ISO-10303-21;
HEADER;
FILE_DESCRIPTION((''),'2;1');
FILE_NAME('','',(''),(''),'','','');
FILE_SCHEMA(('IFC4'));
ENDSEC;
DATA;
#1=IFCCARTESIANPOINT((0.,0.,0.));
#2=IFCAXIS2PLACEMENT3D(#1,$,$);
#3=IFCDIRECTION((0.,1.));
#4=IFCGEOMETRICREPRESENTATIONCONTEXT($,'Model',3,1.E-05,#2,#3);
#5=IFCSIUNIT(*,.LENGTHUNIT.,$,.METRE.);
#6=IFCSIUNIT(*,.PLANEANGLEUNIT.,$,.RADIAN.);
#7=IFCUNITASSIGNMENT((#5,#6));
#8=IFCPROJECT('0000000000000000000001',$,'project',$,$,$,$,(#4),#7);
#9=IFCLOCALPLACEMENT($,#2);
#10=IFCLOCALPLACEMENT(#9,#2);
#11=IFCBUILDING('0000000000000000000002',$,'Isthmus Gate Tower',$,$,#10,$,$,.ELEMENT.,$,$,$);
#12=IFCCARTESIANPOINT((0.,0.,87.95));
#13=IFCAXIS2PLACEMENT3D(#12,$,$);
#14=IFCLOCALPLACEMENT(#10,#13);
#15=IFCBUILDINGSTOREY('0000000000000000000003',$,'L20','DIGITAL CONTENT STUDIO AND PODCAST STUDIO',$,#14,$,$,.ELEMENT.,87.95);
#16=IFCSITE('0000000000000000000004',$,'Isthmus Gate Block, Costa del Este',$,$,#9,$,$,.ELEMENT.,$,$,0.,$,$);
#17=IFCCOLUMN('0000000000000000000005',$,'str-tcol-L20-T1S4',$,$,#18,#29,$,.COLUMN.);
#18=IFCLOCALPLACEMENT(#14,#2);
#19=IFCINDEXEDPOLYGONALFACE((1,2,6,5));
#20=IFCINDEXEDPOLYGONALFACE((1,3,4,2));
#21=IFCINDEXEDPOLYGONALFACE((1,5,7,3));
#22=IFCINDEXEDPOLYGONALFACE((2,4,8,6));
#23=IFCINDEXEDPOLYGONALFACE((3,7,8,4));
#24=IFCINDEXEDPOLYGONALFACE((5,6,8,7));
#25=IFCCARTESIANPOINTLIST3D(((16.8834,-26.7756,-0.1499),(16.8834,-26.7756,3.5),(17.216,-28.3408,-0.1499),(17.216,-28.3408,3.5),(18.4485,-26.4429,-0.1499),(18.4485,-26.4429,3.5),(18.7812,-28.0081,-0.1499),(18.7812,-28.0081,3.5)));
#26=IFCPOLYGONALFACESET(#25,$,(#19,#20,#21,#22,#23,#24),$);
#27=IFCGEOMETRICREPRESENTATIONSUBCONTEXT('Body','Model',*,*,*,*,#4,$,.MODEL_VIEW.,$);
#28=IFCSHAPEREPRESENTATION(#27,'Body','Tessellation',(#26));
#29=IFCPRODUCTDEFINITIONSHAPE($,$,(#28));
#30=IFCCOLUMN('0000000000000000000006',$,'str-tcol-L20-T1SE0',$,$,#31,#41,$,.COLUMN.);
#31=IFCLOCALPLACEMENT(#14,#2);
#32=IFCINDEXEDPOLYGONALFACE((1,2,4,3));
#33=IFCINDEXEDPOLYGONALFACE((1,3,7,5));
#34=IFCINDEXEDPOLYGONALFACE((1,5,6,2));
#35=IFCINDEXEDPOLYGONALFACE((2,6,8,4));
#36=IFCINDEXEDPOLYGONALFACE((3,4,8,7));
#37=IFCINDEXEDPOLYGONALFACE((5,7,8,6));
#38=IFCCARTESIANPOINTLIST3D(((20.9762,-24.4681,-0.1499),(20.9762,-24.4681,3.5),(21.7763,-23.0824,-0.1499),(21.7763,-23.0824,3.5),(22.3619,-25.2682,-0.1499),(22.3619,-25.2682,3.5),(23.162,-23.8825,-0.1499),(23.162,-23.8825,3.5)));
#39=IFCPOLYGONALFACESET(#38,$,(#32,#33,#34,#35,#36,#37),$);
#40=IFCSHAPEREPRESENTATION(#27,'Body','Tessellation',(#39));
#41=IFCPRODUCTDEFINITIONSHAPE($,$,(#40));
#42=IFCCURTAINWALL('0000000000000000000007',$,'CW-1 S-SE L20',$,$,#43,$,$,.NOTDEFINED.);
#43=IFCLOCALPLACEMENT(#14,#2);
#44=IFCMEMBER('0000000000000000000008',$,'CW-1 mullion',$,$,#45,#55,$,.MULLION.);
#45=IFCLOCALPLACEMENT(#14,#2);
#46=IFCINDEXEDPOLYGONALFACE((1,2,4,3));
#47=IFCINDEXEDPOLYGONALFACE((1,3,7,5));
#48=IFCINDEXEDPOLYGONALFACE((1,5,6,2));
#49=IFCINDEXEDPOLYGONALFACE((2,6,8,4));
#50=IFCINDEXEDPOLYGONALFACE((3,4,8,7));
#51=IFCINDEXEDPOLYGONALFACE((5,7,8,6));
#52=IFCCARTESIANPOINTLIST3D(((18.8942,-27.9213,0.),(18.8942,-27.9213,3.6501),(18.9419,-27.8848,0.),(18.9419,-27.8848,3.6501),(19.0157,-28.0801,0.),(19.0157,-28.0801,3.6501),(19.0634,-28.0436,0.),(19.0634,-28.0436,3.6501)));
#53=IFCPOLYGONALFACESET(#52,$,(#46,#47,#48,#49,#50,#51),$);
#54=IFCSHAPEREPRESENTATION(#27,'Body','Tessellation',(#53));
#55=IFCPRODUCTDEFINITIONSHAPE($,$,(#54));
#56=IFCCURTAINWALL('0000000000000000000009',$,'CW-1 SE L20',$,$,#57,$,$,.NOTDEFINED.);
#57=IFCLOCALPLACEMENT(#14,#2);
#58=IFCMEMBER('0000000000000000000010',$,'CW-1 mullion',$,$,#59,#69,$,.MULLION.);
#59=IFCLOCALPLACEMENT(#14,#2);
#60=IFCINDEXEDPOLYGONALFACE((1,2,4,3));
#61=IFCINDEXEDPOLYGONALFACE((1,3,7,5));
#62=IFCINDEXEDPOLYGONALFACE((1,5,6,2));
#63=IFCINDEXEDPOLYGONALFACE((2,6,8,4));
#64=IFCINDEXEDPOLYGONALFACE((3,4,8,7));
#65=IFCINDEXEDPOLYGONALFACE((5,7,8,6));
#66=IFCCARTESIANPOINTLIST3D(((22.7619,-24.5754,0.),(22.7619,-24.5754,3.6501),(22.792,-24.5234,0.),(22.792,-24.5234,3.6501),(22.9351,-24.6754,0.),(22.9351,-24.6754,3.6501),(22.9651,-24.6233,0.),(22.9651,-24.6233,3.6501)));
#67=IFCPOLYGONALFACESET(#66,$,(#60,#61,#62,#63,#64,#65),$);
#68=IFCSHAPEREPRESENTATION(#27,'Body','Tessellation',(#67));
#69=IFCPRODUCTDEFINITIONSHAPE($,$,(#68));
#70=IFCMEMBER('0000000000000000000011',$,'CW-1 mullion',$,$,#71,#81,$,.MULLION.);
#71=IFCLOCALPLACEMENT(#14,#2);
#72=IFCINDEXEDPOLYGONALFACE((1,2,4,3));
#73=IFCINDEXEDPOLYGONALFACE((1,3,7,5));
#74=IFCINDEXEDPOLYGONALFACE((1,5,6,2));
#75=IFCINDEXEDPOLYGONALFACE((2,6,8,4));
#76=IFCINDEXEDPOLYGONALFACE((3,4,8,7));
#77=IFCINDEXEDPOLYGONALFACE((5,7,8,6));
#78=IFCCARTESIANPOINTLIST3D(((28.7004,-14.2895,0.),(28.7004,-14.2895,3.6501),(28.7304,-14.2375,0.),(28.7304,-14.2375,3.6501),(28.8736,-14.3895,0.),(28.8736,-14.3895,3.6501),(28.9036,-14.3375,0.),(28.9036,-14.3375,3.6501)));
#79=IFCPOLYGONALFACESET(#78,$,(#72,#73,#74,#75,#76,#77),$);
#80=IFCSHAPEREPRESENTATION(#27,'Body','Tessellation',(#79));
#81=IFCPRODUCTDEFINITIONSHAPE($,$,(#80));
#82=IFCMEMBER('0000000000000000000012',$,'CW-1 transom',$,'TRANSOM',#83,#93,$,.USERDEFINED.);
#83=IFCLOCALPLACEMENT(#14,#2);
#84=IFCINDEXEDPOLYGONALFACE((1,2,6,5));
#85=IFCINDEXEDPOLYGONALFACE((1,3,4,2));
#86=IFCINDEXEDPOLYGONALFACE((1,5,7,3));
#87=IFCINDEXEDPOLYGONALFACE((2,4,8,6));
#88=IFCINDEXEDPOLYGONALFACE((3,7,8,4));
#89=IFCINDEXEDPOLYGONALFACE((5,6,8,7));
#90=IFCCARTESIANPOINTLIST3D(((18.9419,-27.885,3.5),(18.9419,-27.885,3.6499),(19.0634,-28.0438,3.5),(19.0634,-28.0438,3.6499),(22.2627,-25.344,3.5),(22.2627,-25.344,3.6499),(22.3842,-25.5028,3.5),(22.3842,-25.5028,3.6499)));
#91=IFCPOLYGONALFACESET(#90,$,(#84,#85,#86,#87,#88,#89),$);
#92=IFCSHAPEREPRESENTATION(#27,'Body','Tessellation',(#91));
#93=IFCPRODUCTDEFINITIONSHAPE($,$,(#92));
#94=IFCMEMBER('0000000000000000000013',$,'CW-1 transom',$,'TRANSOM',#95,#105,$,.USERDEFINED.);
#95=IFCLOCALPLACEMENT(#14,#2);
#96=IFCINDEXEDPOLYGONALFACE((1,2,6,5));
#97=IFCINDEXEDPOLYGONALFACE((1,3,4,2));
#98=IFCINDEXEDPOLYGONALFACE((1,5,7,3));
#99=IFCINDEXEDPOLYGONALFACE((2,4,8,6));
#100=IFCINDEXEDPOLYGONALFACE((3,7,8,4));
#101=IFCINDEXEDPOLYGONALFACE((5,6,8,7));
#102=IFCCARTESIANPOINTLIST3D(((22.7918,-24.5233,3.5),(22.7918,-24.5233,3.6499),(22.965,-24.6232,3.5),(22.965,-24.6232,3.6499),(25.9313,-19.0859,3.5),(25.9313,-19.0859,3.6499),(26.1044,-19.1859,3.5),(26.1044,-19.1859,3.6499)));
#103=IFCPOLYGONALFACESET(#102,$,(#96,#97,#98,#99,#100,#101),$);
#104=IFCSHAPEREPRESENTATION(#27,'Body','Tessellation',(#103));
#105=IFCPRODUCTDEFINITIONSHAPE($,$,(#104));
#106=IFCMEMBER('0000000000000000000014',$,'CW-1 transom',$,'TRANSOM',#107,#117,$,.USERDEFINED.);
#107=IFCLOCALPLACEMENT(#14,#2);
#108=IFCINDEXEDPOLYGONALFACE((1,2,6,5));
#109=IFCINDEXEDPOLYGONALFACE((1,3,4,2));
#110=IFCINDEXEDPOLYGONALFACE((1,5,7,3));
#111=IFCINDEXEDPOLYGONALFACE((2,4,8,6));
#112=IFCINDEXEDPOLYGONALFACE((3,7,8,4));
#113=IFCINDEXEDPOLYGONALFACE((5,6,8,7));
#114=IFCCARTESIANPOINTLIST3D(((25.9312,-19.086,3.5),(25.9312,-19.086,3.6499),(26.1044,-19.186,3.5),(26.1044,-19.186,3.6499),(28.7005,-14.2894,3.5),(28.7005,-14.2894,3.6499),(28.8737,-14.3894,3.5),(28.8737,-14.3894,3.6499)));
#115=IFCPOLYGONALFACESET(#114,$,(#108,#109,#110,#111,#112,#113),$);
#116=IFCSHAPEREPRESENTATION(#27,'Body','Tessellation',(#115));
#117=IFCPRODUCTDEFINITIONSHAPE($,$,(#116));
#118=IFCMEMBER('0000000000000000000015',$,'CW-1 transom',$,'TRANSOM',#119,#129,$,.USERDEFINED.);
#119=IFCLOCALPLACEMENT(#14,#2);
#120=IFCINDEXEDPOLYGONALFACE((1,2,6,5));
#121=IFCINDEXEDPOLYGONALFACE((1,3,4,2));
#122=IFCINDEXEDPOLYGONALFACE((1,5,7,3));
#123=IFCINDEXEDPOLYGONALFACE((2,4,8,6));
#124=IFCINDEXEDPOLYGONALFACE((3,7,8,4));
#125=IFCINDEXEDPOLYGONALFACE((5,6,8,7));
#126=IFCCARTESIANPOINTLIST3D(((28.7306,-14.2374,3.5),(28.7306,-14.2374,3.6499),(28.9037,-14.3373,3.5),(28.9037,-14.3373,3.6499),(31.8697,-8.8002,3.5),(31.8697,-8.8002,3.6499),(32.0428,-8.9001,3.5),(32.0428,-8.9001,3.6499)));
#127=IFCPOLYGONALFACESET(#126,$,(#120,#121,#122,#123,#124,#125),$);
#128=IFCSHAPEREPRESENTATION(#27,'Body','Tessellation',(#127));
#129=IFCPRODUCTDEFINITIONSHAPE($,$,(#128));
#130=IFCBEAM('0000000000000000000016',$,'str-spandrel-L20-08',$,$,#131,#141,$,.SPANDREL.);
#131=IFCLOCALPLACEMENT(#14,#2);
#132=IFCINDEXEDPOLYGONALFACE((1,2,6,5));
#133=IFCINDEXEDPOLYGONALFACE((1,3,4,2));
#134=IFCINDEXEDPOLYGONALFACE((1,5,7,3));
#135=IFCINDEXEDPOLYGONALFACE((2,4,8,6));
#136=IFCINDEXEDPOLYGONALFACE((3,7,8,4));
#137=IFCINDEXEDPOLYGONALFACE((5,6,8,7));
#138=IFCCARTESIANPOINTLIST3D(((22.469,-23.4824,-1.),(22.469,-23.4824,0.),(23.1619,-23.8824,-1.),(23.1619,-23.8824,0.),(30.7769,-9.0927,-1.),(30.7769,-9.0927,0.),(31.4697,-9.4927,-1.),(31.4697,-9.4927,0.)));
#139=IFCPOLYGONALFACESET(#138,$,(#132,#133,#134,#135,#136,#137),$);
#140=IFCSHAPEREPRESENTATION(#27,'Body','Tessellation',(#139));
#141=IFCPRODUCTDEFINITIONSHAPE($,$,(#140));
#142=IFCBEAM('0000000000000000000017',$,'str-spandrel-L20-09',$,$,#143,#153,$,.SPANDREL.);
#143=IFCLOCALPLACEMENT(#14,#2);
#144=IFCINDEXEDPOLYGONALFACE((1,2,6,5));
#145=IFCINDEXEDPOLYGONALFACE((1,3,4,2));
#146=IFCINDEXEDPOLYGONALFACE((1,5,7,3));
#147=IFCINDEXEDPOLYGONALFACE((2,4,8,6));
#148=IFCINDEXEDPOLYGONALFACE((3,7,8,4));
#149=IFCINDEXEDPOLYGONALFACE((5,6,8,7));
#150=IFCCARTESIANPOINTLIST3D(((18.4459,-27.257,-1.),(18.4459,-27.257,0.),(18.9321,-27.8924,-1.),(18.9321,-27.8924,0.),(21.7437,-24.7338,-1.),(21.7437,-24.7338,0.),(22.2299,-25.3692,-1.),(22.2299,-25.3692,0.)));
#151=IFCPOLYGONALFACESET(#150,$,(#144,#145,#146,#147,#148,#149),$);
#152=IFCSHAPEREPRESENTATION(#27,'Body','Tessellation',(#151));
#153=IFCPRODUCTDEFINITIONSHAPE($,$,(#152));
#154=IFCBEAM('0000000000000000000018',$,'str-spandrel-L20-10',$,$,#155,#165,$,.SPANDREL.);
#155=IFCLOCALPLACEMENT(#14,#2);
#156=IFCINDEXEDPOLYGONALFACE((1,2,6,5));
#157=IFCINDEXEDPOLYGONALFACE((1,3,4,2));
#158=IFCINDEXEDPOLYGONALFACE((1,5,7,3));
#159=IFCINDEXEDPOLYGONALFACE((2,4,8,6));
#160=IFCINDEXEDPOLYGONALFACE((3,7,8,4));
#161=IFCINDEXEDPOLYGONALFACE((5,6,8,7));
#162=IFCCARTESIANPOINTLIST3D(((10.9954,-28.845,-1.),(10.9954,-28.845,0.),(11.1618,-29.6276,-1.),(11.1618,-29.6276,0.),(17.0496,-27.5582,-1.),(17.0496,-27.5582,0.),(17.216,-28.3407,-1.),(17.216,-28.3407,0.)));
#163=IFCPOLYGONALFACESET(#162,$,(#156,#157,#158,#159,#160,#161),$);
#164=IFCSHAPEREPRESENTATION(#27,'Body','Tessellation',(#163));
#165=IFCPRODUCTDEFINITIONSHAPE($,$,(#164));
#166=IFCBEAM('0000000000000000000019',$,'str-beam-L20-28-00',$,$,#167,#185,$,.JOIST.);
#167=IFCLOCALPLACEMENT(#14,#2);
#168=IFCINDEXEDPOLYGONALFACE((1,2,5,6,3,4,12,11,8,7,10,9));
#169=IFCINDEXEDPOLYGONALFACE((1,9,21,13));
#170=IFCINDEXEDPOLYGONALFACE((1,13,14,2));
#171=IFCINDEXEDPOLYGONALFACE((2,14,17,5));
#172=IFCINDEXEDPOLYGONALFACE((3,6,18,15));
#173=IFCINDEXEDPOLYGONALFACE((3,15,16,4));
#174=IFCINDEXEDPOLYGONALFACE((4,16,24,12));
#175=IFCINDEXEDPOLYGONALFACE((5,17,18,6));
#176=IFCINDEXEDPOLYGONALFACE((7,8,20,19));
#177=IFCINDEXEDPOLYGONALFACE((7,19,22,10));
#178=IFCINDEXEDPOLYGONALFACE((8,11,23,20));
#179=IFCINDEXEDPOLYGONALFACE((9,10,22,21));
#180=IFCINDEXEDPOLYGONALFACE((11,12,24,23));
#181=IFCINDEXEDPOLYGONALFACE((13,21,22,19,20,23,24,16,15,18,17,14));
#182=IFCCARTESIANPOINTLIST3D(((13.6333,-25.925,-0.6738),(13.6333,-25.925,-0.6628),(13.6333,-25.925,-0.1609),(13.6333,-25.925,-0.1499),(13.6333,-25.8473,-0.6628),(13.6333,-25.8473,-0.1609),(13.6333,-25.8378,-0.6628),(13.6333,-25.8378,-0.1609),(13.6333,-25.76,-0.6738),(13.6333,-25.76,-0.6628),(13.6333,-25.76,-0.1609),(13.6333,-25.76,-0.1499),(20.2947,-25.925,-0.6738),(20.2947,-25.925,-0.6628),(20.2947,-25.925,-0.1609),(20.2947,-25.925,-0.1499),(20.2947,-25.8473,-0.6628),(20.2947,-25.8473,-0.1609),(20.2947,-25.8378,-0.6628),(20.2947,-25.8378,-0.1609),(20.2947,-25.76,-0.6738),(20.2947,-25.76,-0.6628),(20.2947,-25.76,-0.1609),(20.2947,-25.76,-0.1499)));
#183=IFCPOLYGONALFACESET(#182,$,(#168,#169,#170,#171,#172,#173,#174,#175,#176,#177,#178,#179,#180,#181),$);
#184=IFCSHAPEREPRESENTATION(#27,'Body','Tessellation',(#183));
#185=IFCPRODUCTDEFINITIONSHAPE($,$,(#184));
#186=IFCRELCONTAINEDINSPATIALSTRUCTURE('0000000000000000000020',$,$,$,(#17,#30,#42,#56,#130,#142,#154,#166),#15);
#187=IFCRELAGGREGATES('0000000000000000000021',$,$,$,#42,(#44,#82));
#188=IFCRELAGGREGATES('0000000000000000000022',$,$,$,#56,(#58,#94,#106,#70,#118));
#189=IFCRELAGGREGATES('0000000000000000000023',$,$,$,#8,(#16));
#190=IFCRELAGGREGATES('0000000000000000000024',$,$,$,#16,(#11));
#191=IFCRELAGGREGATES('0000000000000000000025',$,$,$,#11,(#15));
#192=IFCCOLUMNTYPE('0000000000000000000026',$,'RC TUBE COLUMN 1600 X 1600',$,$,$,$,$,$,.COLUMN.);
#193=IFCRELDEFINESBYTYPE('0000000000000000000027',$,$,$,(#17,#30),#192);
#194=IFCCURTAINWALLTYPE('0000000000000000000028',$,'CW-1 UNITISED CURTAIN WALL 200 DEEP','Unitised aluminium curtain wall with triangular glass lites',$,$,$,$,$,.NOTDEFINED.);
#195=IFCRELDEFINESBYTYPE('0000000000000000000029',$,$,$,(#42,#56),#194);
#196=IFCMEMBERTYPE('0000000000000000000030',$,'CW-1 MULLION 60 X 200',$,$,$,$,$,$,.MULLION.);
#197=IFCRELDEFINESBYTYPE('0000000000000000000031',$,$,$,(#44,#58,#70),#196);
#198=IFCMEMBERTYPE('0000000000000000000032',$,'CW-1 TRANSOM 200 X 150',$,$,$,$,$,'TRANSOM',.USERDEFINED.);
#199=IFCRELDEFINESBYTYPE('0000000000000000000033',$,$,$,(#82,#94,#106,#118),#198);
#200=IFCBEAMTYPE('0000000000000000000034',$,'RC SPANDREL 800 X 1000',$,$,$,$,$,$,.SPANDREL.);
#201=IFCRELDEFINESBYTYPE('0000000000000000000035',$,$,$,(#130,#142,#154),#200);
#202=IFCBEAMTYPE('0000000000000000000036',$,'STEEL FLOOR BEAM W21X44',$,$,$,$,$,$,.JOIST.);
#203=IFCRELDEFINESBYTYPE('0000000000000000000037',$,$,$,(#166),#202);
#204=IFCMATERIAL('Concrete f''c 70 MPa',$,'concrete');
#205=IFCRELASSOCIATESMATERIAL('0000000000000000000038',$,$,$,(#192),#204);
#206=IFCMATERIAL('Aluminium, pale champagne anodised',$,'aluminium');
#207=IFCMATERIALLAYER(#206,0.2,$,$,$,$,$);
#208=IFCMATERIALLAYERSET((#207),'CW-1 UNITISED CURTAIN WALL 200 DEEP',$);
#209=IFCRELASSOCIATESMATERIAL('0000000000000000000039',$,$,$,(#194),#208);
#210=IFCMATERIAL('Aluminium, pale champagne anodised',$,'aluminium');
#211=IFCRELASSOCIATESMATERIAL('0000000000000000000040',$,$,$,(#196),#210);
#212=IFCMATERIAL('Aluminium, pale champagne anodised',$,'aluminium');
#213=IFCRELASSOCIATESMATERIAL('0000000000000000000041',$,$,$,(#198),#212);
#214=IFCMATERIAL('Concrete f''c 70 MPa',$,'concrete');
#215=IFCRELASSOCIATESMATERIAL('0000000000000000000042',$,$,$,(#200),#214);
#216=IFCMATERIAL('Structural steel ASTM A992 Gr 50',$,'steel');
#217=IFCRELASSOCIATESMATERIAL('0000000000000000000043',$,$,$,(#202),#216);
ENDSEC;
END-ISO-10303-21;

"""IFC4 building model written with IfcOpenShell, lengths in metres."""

from ifc_helpers import new_model, si_unit, direction, frame, origin, origin_2d, place, context, subcontext, project, spatial, rectangle, i_section, extrude, material, layer, layer_set, material_profile, profile_set, type_object, element, aggregate, save


model = new_model("IFC4")

# Units and contexts
model_context = context("Model", 3, precision=1e-05, world=origin(), true_north=direction((0.0, 1.0)))
body_context = subcontext(model_context, "Body", "Model", "MODEL_VIEW")
ifc_project = project(units=[si_unit("LENGTHUNIT", "METRE"), si_unit("PLANEANGLEUNIT", "RADIAN")], contexts=[model_context])

# Site, building, storey
site_placement = place(None, origin())
site = spatial("IfcSite", under=ifc_project, at=site_placement, Name="Isthmus Gate Block, Costa del Este", CompositionType="ELEMENT", RefElevation=0.0)
building_placement = place(site_placement, origin())
building = spatial("IfcBuilding", under=site, at=building_placement, Name="Isthmus Gate Tower", CompositionType="ELEMENT")
storey_placement = place(building_placement, frame((0.0, 0.0, 87.95)))
storey = spatial("IfcBuildingStorey", under=building, at=storey_placement, Name="L20", Description="DIGITAL CONTENT STUDIO AND PODCAST STUDIO", CompositionType="ELEMENT", Elevation=87.95)

# Columns
ifc_material_1 = material(Name="Concrete f'c 70 MPa", Category="concrete")
ifc_material_profile_1 = material_profile(ifc_material_1, rectangle(XDim=1.6001, YDim=1.6001, at=origin_2d()), Name="RC 1600X1600")
ifc_profile_set_1 = profile_set([ifc_material_profile_1], Name="Concrete f'c 70 MPa")
column_type = type_object("IfcColumnType", Name="RC TUBE COLUMN 1600 X 1600", PredefinedType="COLUMN", material=ifc_profile_set_1)
for number, where, z_axis, x_axis, name in (
    (1, (17.8323, -27.3918, -0.1499), (0.0, 0.0, 1.0), (0.978148, 0.207912, 0.0), "str-tcol-L20-T1S4"),
    (2, (22.0691, -24.1753, -0.1499), (0.0, 0.0, 1.0), (0.5, 0.866025, 0.0), "str-tcol-L20-T1SE0"),
):
    element("IfcColumn", number, at=place(storey_placement, frame(where, z_axis=z_axis, x_axis=x_axis)), inside=storey, type_object=column_type, Name=name, PredefinedType="COLUMN", context=body_context, shape_type="SweptSolid", body=[
        extrude(rectangle(XDim=1.6001, YDim=1.6001, at=origin_2d()), origin(), (0.0, 0.0, 1.0), 3.6499),
    ])

# Curtain wall, member
ifc_material_2 = material(Name="Aluminium, pale champagne anodised", Category="aluminium")
ifc_layer_1 = layer(ifc_material_2, 0.2)
ifc_layer_set_1 = layer_set([ifc_layer_1], Name="CW-1 UNITISED CURTAIN WALL 200 DEEP")
curtain_wall_type = type_object("IfcCurtainWallType", Name="CW-1 UNITISED CURTAIN WALL 200 DEEP", Description="Unitised aluminium curtain wall with triangular glass lites", PredefinedType="NOTDEFINED", material=ifc_layer_set_1)
curtain_wall_1_placement = place(storey_placement, origin())
curtain_wall_1 = element("IfcCurtainWall", 3, at=curtain_wall_1_placement, inside=storey, type_object=curtain_wall_type, Name="CW-1 S-SE L20", PredefinedType="NOTDEFINED")
ifc_material_3 = material(Name="Aluminium, pale champagne anodised", Category="aluminium")
ifc_material_profile_2 = material_profile(ifc_material_3, rectangle(XDim=0.0601, YDim=0.2, at=origin_2d()), Name="60x200")
ifc_profile_set_2 = profile_set([ifc_material_profile_2], Name="Aluminium, pale champagne anodised")
member_type_1 = type_object("IfcMemberType", Name="CW-1 MULLION 60 X 200", PredefinedType="MULLION", material=ifc_profile_set_2)
member_1_placement = place(storey_placement, frame((18.9788, -27.9824, 0.0), z_axis=(0.0, 0.0, 1.0), x_axis=(0.794189, 0.607671, 0.0)))
member_1 = element("IfcMember", 4, at=member_1_placement, type_object=member_type_1, Name="CW-1 mullion", PredefinedType="MULLION", context=body_context, shape_type="SweptSolid", body=[
    extrude(rectangle(XDim=0.0601, YDim=0.2, at=origin_2d()), origin(), (0.0, 0.0, 1.0), 3.6501),
])

# Curtain wall, members
curtain_wall_2_placement = place(storey_placement, origin())
curtain_wall_2 = element("IfcCurtainWall", 5, at=curtain_wall_2_placement, inside=storey, type_object=curtain_wall_type, Name="CW-1 SE L20", PredefinedType="NOTDEFINED")
member_2_placement = place(storey_placement, frame((22.8635, -24.5994, 0.0), z_axis=(0.0, 0.0, 1.0), x_axis=(0.5, 0.866025, 0.0)))
member_2 = element("IfcMember", 6, at=member_2_placement, type_object=member_type_1, Name="CW-1 mullion", PredefinedType="MULLION", context=body_context, shape_type="SweptSolid", body=[
    extrude(rectangle(XDim=0.0601, YDim=0.2, at=origin_2d()), origin(), (0.0, 0.0, 1.0), 3.6501),
])
member_3_placement = place(storey_placement, frame((28.802, -14.3135, 0.0), z_axis=(0.0, 0.0, 1.0), x_axis=(0.5, 0.866025, 0.0)))
member_3 = element("IfcMember", 7, at=member_3_placement, type_object=member_type_1, Name="CW-1 mullion", PredefinedType="MULLION", context=body_context, shape_type="SweptSolid", body=[
    extrude(rectangle(XDim=0.0601, YDim=0.2, at=origin_2d()), origin(), (0.0, 0.0, 1.0), 3.6501),
])

# Members
ifc_material_4 = material(Name="Aluminium, pale champagne anodised", Category="aluminium")
ifc_material_profile_3 = material_profile(ifc_material_4, rectangle(XDim=0.2, YDim=0.1499, at=origin_2d()), Name="200x150")
ifc_profile_set_3 = profile_set([ifc_material_profile_3], Name="Aluminium, pale champagne anodised")
member_type_2 = type_object("IfcMemberType", Name="CW-1 TRANSOM 200 X 150", ElementType="TRANSOM", PredefinedType="USERDEFINED", material=ifc_profile_set_3)
member_4_placement = place(storey_placement, frame((19.0027, -27.9644, 3.575), z_axis=(0.794175, 0.607688, 0.0), x_axis=(-0.607688, 0.794175, 0.0)))
member_4 = element("IfcMember", 8, at=member_4_placement, type_object=member_type_2, Name="CW-1 transom", ObjectType="TRANSOM", PredefinedType="USERDEFINED", context=body_context, shape_type="SweptSolid", body=[
    extrude(rectangle(XDim=0.2, YDim=0.1499, at=origin_2d()), origin(), (0.0, 0.0, 1.0), 4.1814),
])
member_5_placement = place(storey_placement, frame((22.8784, -24.5732, 3.575), z_axis=(0.500024, 0.866011, 0.0), x_axis=(-0.866011, 0.500024, 0.0)))
member_5 = element("IfcMember", 9, at=member_5_placement, type_object=member_type_2, Name="CW-1 transom", ObjectType="TRANSOM", PredefinedType="USERDEFINED", context=body_context, shape_type="SweptSolid", body=[
    extrude(rectangle(XDim=0.2, YDim=0.1499, at=origin_2d()), origin(), (0.0, 0.0, 1.0), 6.2786),
])
member_6_placement = place(storey_placement, frame((26.0178, -19.136, 3.575), z_axis=(0.499993, 0.866029, 0.0), x_axis=(-0.866029, 0.499993, 0.0)))
member_6 = element("IfcMember", 10, at=member_6_placement, type_object=member_type_2, Name="CW-1 transom", ObjectType="TRANSOM", PredefinedType="USERDEFINED", context=body_context, shape_type="SweptSolid", body=[
    extrude(rectangle(XDim=0.2, YDim=0.1499, at=origin_2d()), origin(), (0.0, 0.0, 1.0), 5.5386),
])
member_7_placement = place(storey_placement, frame((28.8171, -14.2874, 3.575), z_axis=(0.499995, 0.866028, 0.0), x_axis=(-0.866028, 0.499995, 0.0)))
member_7 = element("IfcMember", 11, at=member_7_placement, type_object=member_type_2, Name="CW-1 transom", ObjectType="TRANSOM", PredefinedType="USERDEFINED", context=body_context, shape_type="SweptSolid", body=[
    extrude(rectangle(XDim=0.2, YDim=0.1499, at=origin_2d()), origin(), (0.0, 0.0, 1.0), 6.2783),
])

# Beams
ifc_material_5 = material(Name="Concrete f'c 70 MPa", Category="concrete")
ifc_material_profile_4 = material_profile(ifc_material_5, rectangle(XDim=0.8, YDim=1.0, at=origin_2d()), Name="RC 800X1000")
ifc_profile_set_4 = profile_set([ifc_material_profile_4], Name="Concrete f'c 70 MPa")
beam_type_1 = type_object("IfcBeamType", Name="RC SPANDREL 800 X 1000", PredefinedType="SPANDREL", material=ifc_profile_set_4)
beam_1_placement = place(storey_placement, frame((31.1233, -9.2927, -0.5), z_axis=(-0.5, -0.866026, 0.0), x_axis=(0.866026, -0.5, 0.0)))
element("IfcBeam", 12, at=beam_1_placement, inside=storey, type_object=beam_type_1, Name="str-spandrel-L20-08", PredefinedType="SPANDREL", context=body_context, shape_type="SweptSolid", body=[
    extrude(rectangle(XDim=0.8, YDim=1.0, at=origin_2d()), origin(), (0.0, 0.0, 1.0), 16.6157),
])
beam_2_placement = place(storey_placement, frame((21.9868, -25.0515, -0.5), z_axis=(-0.794206, -0.607649, 0.0), x_axis=(0.607649, -0.794206, 0.0)))
element("IfcBeam", 13, at=beam_2_placement, inside=storey, type_object=beam_type_1, Name="str-spandrel-L20-09", PredefinedType="SPANDREL", context=body_context, shape_type="SweptSolid", body=[
    extrude(rectangle(XDim=0.8, YDim=1.0, at=origin_2d()), origin(), (0.0, 0.0, 1.0), 4.1523),
])
beam_3_placement = place(storey_placement, frame((17.1328, -27.9495, -0.5), z_axis=(-0.978147, -0.207913, 0.0), x_axis=(0.207913, -0.978147, 0.0)))
element("IfcBeam", 14, at=beam_3_placement, inside=storey, type_object=beam_type_1, Name="str-spandrel-L20-10", PredefinedType="SPANDREL", context=body_context, shape_type="SweptSolid", body=[
    extrude(rectangle(XDim=0.8, YDim=1.0, at=origin_2d()), origin(), (0.0, 0.0, 1.0), 6.1895),
])
ifc_material_6 = material(Name="Structural steel ASTM A992 Gr 50", Category="steel")
ifc_material_profile_5 = material_profile(ifc_material_6, i_section(OverallWidth=0.165, OverallDepth=0.5239, WebThickness=0.0095, FlangeThickness=0.011, at=origin_2d()), Name="W21X44")
ifc_profile_set_5 = profile_set([ifc_material_profile_5], Name="Structural steel ASTM A992 Gr 50")
beam_type_2 = type_object("IfcBeamType", Name="STEEL FLOOR BEAM W21X44", PredefinedType="JOIST", material=ifc_profile_set_5)
beam_4_placement = place(storey_placement, frame((13.6333, -25.8425, -0.4119), z_axis=(1.0, 0.0, 0.0), x_axis=(0.0, 1.0, 0.0)))
element("IfcBeam", 15, at=beam_4_placement, inside=storey, type_object=beam_type_2, Name="str-beam-L20-28-00", PredefinedType="JOIST", context=body_context, shape_type="SweptSolid", body=[
    extrude(i_section(OverallWidth=0.165, OverallDepth=0.5239, WebThickness=0.0095, FlangeThickness=0.011, at=origin_2d()), origin(), (0.0, 0.0, 1.0), 6.6614),
])

aggregate(curtain_wall_1, [member_1, member_4])
aggregate(curtain_wall_2, [member_2, member_5, member_6, member_3, member_7])

save(model, "model.ifc")
